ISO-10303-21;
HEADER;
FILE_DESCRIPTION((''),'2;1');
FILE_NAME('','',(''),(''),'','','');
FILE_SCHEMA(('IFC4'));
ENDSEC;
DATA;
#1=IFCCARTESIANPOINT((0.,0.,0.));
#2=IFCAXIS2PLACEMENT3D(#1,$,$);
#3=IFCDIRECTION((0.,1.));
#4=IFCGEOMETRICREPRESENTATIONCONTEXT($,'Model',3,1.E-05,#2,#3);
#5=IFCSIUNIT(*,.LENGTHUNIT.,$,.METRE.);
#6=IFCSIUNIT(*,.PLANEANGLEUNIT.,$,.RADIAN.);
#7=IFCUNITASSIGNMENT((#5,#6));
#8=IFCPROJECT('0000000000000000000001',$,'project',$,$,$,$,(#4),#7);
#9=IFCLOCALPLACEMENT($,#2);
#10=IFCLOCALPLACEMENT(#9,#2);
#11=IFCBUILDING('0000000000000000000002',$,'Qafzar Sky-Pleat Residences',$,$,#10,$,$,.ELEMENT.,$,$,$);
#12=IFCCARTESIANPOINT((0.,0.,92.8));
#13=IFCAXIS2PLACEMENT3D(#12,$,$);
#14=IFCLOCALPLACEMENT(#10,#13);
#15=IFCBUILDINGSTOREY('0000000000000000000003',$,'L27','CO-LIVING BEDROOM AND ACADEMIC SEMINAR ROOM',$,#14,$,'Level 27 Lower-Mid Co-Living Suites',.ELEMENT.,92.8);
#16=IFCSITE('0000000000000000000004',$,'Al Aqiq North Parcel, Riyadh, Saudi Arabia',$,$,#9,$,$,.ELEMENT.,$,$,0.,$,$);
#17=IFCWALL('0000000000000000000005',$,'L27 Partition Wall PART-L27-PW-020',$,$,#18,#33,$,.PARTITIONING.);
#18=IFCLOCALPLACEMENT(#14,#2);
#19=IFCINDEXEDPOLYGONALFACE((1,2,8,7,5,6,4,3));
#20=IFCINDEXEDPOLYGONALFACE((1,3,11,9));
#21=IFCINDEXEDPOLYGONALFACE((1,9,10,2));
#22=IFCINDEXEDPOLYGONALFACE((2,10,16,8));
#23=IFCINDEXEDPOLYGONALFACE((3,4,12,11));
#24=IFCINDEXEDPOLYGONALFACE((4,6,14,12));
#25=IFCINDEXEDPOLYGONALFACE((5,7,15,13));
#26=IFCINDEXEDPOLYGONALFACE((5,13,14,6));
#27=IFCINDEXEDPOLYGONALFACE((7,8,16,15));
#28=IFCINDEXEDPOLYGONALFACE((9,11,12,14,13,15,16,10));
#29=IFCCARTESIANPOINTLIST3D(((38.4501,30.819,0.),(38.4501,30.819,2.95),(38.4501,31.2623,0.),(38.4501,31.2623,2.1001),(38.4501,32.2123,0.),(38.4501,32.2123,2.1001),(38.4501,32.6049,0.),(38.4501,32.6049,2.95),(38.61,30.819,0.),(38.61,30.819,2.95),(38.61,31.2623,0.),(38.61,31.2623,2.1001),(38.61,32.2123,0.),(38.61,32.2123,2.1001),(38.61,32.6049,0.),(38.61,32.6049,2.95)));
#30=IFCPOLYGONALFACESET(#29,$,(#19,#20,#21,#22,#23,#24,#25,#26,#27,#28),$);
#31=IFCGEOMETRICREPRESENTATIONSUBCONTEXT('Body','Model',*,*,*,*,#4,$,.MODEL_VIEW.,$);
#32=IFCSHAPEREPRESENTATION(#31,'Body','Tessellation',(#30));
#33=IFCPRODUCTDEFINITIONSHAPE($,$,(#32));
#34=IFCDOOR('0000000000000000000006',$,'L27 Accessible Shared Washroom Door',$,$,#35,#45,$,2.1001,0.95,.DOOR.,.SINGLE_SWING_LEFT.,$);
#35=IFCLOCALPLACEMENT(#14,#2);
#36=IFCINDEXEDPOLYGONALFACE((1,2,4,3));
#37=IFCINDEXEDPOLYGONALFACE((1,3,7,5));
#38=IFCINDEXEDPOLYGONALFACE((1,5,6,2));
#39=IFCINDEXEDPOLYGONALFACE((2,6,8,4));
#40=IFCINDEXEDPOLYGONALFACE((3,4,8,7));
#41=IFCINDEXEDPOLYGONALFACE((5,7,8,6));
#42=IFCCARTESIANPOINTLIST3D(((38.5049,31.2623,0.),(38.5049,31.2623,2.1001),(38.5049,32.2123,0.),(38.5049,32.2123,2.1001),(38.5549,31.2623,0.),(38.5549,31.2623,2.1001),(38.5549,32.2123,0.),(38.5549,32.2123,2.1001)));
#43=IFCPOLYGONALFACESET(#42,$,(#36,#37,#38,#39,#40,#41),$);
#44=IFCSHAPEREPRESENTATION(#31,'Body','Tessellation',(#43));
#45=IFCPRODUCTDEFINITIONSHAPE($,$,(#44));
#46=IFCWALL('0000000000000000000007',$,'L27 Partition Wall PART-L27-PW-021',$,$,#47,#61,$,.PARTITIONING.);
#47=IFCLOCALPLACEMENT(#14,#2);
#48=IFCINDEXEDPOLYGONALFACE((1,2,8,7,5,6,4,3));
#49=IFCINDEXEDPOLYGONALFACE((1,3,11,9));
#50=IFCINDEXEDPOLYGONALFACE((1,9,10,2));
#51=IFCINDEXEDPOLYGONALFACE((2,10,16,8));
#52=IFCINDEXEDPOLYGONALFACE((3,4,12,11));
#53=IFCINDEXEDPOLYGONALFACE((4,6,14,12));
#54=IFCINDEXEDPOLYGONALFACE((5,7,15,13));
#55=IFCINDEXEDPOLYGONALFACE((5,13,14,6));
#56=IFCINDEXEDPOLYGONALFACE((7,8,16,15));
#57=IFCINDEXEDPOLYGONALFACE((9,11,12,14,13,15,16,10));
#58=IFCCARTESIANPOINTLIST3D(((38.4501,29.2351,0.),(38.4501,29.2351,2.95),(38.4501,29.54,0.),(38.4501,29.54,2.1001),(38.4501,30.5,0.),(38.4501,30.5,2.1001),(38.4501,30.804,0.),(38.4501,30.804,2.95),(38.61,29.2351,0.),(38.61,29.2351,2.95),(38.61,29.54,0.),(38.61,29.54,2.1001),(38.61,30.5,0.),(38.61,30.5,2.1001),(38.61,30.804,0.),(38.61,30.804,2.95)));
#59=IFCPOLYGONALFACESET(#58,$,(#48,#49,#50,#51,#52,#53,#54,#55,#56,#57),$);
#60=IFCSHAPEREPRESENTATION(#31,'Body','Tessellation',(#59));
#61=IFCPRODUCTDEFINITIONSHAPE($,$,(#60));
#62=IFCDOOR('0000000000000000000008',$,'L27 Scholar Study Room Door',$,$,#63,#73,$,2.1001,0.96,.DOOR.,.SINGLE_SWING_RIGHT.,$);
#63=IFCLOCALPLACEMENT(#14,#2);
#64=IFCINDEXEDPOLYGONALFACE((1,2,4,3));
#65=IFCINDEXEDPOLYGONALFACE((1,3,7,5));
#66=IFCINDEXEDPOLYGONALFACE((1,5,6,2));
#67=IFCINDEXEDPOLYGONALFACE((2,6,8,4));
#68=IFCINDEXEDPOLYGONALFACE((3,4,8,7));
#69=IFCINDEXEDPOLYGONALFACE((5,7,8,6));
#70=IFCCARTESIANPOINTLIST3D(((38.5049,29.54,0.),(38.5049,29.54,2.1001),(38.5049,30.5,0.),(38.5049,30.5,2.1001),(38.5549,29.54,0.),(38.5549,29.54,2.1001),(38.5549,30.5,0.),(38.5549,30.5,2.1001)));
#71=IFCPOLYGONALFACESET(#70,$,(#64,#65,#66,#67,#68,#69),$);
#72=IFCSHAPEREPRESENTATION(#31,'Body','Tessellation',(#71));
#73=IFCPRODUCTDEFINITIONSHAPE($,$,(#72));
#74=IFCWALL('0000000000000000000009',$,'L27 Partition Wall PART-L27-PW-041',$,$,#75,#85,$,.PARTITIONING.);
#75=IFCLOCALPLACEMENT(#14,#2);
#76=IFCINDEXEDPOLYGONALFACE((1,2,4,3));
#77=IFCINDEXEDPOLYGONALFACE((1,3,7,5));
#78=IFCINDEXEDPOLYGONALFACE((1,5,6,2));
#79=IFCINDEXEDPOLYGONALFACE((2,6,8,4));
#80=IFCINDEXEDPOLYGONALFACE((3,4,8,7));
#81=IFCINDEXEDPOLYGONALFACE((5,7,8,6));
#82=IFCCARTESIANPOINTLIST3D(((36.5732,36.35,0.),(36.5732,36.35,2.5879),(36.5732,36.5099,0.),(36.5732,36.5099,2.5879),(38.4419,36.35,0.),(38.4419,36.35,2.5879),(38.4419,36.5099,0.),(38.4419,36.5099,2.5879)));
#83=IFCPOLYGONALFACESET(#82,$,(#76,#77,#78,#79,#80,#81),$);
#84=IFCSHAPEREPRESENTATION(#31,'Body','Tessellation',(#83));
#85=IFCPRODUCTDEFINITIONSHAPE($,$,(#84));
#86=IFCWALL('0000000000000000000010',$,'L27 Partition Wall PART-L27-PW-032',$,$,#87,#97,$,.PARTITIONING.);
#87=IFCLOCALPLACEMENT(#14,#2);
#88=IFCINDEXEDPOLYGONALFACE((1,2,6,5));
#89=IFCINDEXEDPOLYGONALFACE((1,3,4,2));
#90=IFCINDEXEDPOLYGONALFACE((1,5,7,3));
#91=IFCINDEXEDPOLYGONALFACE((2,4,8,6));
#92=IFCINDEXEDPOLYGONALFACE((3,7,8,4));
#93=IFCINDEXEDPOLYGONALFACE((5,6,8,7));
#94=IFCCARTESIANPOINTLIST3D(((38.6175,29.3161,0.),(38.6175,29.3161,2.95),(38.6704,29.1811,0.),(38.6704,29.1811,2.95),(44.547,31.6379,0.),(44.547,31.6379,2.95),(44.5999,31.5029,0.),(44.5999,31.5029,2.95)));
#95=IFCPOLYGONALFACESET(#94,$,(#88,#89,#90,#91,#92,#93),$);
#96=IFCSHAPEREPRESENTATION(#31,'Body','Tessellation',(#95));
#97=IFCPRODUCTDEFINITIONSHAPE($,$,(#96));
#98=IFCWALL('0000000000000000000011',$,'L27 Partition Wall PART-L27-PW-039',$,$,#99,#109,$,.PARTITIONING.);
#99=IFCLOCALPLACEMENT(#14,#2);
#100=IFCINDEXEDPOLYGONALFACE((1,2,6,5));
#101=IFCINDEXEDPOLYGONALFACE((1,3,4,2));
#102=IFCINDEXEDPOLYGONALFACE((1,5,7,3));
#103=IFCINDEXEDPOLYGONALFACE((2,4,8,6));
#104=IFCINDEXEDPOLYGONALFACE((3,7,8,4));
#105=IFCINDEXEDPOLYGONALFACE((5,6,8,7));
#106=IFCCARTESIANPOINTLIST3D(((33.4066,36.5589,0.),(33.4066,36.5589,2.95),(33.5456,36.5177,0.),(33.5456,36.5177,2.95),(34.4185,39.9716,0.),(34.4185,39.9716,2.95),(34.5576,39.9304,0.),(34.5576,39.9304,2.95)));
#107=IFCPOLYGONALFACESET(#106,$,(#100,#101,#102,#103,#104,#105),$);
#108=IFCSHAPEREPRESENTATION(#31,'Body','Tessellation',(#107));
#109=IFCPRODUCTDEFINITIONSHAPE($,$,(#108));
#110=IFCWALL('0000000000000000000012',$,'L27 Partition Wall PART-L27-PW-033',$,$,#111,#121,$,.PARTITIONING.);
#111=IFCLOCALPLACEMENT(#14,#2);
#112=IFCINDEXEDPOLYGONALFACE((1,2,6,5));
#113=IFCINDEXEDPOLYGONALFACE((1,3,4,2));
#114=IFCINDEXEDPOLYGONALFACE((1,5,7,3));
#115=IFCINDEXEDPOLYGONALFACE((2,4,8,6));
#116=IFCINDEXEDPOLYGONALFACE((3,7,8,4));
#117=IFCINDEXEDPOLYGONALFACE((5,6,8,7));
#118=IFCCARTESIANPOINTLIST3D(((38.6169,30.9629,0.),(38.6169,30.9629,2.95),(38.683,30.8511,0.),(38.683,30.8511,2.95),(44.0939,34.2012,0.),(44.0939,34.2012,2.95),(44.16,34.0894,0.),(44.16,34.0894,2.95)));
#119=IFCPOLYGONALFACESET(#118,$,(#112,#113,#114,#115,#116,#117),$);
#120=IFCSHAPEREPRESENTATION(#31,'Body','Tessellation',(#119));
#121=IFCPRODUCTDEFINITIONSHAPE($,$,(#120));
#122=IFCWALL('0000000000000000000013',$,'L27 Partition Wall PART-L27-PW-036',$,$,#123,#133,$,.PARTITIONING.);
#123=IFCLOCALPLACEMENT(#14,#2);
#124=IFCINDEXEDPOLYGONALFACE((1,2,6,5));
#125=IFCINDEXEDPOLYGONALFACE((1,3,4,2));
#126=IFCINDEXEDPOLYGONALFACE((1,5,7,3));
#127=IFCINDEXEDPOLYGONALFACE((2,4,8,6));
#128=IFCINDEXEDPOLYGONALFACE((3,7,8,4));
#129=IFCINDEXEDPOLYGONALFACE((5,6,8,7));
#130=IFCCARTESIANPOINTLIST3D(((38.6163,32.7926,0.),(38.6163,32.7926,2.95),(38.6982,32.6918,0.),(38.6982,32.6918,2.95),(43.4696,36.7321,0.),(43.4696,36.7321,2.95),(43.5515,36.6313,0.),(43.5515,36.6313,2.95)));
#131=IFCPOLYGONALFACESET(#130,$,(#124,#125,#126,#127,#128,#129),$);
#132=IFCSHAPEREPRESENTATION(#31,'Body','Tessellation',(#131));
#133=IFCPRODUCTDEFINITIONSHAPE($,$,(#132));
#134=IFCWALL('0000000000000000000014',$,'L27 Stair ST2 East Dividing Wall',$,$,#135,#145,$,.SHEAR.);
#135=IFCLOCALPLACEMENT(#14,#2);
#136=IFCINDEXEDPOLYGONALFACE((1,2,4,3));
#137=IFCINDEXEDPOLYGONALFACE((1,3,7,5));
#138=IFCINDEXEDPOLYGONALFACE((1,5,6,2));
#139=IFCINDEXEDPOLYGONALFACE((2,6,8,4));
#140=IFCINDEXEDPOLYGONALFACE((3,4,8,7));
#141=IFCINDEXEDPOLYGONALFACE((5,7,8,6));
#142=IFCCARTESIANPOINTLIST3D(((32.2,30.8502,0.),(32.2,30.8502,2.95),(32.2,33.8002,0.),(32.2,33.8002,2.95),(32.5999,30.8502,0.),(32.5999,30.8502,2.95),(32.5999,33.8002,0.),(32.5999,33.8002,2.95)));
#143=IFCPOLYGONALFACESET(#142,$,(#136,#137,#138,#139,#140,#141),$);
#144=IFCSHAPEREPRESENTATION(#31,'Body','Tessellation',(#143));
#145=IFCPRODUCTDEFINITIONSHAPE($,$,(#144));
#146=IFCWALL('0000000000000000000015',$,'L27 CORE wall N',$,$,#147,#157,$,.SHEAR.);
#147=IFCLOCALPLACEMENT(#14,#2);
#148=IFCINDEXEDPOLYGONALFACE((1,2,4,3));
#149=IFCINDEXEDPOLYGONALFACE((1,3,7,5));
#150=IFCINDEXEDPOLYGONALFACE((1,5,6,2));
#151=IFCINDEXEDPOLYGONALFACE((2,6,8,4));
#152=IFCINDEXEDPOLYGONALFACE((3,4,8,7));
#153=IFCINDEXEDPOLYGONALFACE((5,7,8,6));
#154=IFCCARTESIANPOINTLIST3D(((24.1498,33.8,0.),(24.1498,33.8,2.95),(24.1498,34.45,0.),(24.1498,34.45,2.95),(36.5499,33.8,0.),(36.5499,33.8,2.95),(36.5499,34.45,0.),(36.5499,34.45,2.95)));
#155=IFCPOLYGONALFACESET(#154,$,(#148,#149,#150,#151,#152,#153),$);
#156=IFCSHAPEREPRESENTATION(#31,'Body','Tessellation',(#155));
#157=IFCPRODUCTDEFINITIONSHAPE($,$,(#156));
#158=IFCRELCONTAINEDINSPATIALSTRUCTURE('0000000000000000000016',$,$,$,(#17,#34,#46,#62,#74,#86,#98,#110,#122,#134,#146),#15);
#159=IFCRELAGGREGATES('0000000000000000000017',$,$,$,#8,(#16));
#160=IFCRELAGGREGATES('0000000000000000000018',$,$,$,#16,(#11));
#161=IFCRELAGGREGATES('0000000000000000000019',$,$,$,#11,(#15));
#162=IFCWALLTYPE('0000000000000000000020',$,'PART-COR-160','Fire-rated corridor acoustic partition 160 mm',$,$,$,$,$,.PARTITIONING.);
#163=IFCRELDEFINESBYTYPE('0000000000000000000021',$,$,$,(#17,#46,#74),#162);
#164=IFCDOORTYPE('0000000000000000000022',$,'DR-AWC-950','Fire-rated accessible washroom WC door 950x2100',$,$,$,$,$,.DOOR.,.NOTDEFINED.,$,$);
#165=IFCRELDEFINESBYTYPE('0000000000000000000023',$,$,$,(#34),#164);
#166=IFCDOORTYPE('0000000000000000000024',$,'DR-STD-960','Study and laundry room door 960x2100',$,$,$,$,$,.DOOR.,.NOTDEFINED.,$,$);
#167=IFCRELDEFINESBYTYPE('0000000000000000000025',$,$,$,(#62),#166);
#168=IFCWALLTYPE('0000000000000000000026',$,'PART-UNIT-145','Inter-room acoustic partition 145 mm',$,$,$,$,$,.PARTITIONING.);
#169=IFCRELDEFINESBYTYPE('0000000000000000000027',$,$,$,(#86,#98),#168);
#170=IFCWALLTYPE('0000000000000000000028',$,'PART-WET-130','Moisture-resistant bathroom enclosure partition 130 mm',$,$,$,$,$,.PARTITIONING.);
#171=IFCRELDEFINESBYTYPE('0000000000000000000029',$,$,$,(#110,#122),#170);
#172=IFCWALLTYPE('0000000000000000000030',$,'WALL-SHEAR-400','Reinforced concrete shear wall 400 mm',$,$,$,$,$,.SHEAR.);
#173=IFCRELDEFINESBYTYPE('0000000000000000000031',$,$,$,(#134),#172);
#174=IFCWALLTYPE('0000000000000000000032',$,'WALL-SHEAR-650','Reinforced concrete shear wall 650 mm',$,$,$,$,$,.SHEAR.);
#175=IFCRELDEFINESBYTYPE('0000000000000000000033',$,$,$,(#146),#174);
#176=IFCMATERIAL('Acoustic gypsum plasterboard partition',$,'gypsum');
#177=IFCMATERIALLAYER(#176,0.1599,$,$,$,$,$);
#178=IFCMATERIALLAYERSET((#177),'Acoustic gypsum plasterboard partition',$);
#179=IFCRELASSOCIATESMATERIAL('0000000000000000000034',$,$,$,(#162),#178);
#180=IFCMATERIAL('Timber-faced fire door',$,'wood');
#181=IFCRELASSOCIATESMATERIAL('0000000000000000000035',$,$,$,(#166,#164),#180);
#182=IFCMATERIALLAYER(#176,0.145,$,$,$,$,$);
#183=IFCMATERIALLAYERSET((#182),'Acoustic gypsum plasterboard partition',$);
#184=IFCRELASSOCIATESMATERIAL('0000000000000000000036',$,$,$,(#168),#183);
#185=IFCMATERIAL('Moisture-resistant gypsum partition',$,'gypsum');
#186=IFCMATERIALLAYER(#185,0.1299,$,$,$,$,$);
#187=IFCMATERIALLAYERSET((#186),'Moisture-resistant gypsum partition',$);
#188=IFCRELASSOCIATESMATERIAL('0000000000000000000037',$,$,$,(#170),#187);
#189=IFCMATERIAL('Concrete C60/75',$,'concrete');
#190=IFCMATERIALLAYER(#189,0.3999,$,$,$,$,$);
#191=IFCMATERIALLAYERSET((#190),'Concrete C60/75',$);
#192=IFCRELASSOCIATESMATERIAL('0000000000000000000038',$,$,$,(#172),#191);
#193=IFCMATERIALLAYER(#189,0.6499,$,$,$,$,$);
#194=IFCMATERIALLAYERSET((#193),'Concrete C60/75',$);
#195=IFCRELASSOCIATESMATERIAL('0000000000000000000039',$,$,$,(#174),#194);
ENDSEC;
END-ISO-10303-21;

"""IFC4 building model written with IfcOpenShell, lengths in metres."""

from ifc_helpers import new_model, si_unit, direction, frame, frame_2d, origin, place, context, subcontext, project, spatial, rectangle, extrude, source, transform, mapped, material, layer, layer_set, type_object, element, fill, save


model = new_model("IFC4")

# Units and contexts
model_context = context("Model", 3, precision=1e-05, world=origin(), true_north=direction((0.0, 1.0)))
body_context = subcontext(model_context, "Body", "Model", "MODEL_VIEW")
ifc_project = project(units=[si_unit("LENGTHUNIT", "METRE"), si_unit("PLANEANGLEUNIT", "RADIAN")], contexts=[model_context])

# Site, building, storey
site_placement = place(None, origin())
site = spatial("IfcSite", under=ifc_project, at=site_placement, Name="Al Aqiq North Parcel, Riyadh, Saudi Arabia", CompositionType="ELEMENT", RefElevation=0.0)
building_placement = place(site_placement, origin())
building = spatial("IfcBuilding", under=site, at=building_placement, Name="Qafzar Sky-Pleat Residences", CompositionType="ELEMENT")
storey_placement = place(building_placement, frame((0.0, 0.0, 92.8)))
storey = spatial("IfcBuildingStorey", under=building, at=storey_placement, Name="L27", Description="CO-LIVING BEDROOM AND ACADEMIC SEMINAR ROOM", LongName="Level 27 Lower-Mid Co-Living Suites", CompositionType="ELEMENT", Elevation=92.8)

# Walls, openings, doors
ifc_material_1 = material(Name="Acoustic gypsum plasterboard partition", Category="gypsum")
ifc_layer_1 = layer(ifc_material_1, 0.1599)
ifc_layer_set_1 = layer_set([ifc_layer_1], Name="Acoustic gypsum plasterboard partition")
wall_type_1 = type_object("IfcWallType", Name="PART-COR-160", Description="Fire-rated corridor acoustic partition 160 mm", PredefinedType="PARTITIONING", material=ifc_layer_set_1)
ifc_material_2 = material(Name="Timber-faced fire door", Category="wood")
door_type_1 = type_object("IfcDoorType", Name="DR-STD-960", Description="Study and laundry room door 960x2100", OperationType="NOTDEFINED", PredefinedType="DOOR", material=ifc_material_2)
shared_shape_1 = source(origin(), body_context, "Body", "SweptSolid", [
    extrude(rectangle(XDim=0.96, YDim=2.1001, at=frame_2d((0.48, 1.05))), frame((0.0, 0.0249, 0.0), z_axis=(0.0, -1.0, 0.0), x_axis=(1.0, 0.0, 0.0)), (0.0, 0.0, 1.0), 0.05),
])
wall_1_placement = place(storey_placement, frame((38.53, 32.605, 0.0), z_axis=(0.0, 0.0, 1.0), x_axis=(0.0, -1.0, 0.0)))
wall_1 = element("IfcWall", 1, at=wall_1_placement, inside=storey, type_object=wall_type_1, Name="L27 Partition Wall PART-L27-PW-020", PredefinedType="PARTITIONING", context=body_context, shape_type="SweptSolid", body=[
    extrude(rectangle(XDim=1.7859, YDim=0.1599, at=frame_2d((0.8931, 0.0))), origin(), (0.0, 0.0, 1.0), 2.95),
])
opening_1_placement = place(wall_1_placement, frame((0.3926, 0.0, 0.0)))
opening_1 = element("IfcOpeningElement", 2, at=opening_1_placement, cuts=wall_1, PredefinedType="OPENING", context=body_context, shape_type="SweptSolid", body=[
    extrude(rectangle(XDim=0.95, YDim=2.1001, at=frame_2d((0.4751, 1.05))), frame((0.0, 0.0898, 0.0), z_axis=(0.0, -1.0, 0.0), x_axis=(1.0, 0.0, 0.0)), (0.0, 0.0, 1.0), 0.1799),
])
door_type_2 = type_object("IfcDoorType", Name="DR-AWC-950", Description="Fire-rated accessible washroom WC door 950x2100", OperationType="NOTDEFINED", PredefinedType="DOOR", material=ifc_material_2)
shared_shape_2 = source(origin(), body_context, "Body", "SweptSolid", [
    extrude(rectangle(XDim=0.95, YDim=2.1001, at=frame_2d((0.4751, 1.05))), frame((0.0, 0.0249, 0.0), z_axis=(0.0, -1.0, 0.0), x_axis=(1.0, 0.0, 0.0)), (0.0, 0.0, 1.0), 0.05),
])
door_1_placement = place(opening_1_placement, origin())
door_1 = element("IfcDoor", 3, at=door_1_placement, inside=storey, type_object=door_type_2, Name="L27 Accessible Shared Washroom Door", OperationType="SINGLE_SWING_LEFT", OverallHeight=2.1001, OverallWidth=0.95, PredefinedType="DOOR", context=body_context, shape_type="MappedRepresentation", body=[
    mapped(shared_shape_2, transform((0.0, 0.0, 0.0), x_axis=(1.0, 0.0, 0.0), y_axis=(0.0, 1.0, 0.0), z_axis=(0.0, 0.0, 1.0), scale=1.0)),
])
fill(opening_1, door_1)
wall_2_placement = place(storey_placement, frame((38.53, 30.804, 0.0), z_axis=(0.0, 0.0, 1.0), x_axis=(0.0, -1.0, 0.0)))
wall_2 = element("IfcWall", 4, at=wall_2_placement, inside=storey, type_object=wall_type_1, Name="L27 Partition Wall PART-L27-PW-021", PredefinedType="PARTITIONING", context=body_context, shape_type="SweptSolid", body=[
    extrude(rectangle(XDim=1.5688, YDim=0.1599, at=frame_2d((0.7844, 0.0))), origin(), (0.0, 0.0, 1.0), 2.95),
])
opening_2_placement = place(wall_2_placement, frame((0.304, 0.0, 0.0)))
opening_2 = element("IfcOpeningElement", 5, at=opening_2_placement, cuts=wall_2, PredefinedType="OPENING", context=body_context, shape_type="SweptSolid", body=[
    extrude(rectangle(XDim=0.96, YDim=2.1001, at=frame_2d((0.48, 1.05))), frame((0.0, 0.0898, 0.0), z_axis=(0.0, -1.0, 0.0), x_axis=(1.0, 0.0, 0.0)), (0.0, 0.0, 1.0), 0.1799),
])
door_2_placement = place(opening_2_placement, origin())
door_2 = element("IfcDoor", 6, at=door_2_placement, inside=storey, type_object=door_type_1, Name="L27 Scholar Study Room Door", OperationType="SINGLE_SWING_RIGHT", OverallHeight=2.1001, OverallWidth=0.96, PredefinedType="DOOR", context=body_context, shape_type="MappedRepresentation", body=[
    mapped(shared_shape_1, transform((0.0, 0.0, 0.0), x_axis=(1.0, 0.0, 0.0), y_axis=(0.0, 1.0, 0.0), z_axis=(0.0, 0.0, 1.0), scale=1.0)),
])
fill(opening_2, door_2)

# Walls
wall_3_placement = place(storey_placement, frame((36.5732, 36.4299, 0.0), z_axis=(0.0, 0.0, 1.0), x_axis=(1.0, 0.0, 0.0)))
element("IfcWall", 7, at=wall_3_placement, inside=storey, type_object=wall_type_1, Name="L27 Partition Wall PART-L27-PW-041", PredefinedType="PARTITIONING", context=body_context, shape_type="SweptSolid", body=[
    extrude(rectangle(XDim=1.8687, YDim=0.1599, at=frame_2d((0.9343, 0.0))), origin(), (0.0, 0.0, 1.0), 2.5879),
])
ifc_layer_2 = layer(ifc_material_1, 0.145)
ifc_layer_set_2 = layer_set([ifc_layer_2], Name="Acoustic gypsum plasterboard partition")
wall_type_2 = type_object("IfcWallType", Name="PART-UNIT-145", Description="Inter-room acoustic partition 145 mm", PredefinedType="PARTITIONING", material=ifc_layer_set_2)
wall_4_placement = place(storey_placement, frame((38.6438, 29.2485, 0.0), z_axis=(0.0, 0.0, 1.0), x_axis=(0.93116, 0.364612, 0.0)))
element("IfcWall", 8, at=wall_4_placement, inside=storey, type_object=wall_type_2, Name="L27 Partition Wall PART-L27-PW-032", PredefinedType="PARTITIONING", context=body_context, shape_type="SweptSolid", body=[
    extrude(rectangle(XDim=6.3679, YDim=0.145, at=frame_2d((3.1841, 0.0))), origin(), (0.0, 0.0, 1.0), 2.95),
])
wall_5_placement = place(storey_placement, frame((33.4761, 36.5383, 0.0), z_axis=(0.0, 0.0, 1.0), x_axis=(0.284301, 0.958735, 0.0)))
element("IfcWall", 9, at=wall_5_placement, inside=storey, type_object=wall_type_2, Name="L27 Partition Wall PART-L27-PW-039", PredefinedType="PARTITIONING", context=body_context, shape_type="SweptSolid", body=[
    extrude(rectangle(XDim=3.5596, YDim=0.145, at=frame_2d((1.7798, 0.0))), origin(), (0.0, 0.0, 1.0), 2.95),
])
ifc_material_3 = material(Name="Moisture-resistant gypsum partition", Category="gypsum")
ifc_layer_3 = layer(ifc_material_3, 0.1299)
ifc_layer_set_3 = layer_set([ifc_layer_3], Name="Moisture-resistant gypsum partition")
wall_type_3 = type_object("IfcWallType", Name="PART-WET-130", Description="Moisture-resistant bathroom enclosure partition 130 mm", PredefinedType="PARTITIONING", material=ifc_layer_set_3)
wall_6_placement = place(storey_placement, frame((38.6499, 30.907, 0.0), z_axis=(0.0, 0.0, 1.0), x_axis=(0.8608, 0.508944, 0.0)))
element("IfcWall", 10, at=wall_6_placement, inside=storey, type_object=wall_type_3, Name="L27 Partition Wall PART-L27-PW-033", PredefinedType="PARTITIONING", context=body_context, shape_type="SweptSolid", body=[
    extrude(rectangle(XDim=6.3628, YDim=0.1299, at=frame_2d((3.1814, 0.0))), origin(), (0.0, 0.0, 1.0), 2.95),
])
wall_7_placement = place(storey_placement, frame((38.6572, 32.7422, 0.0), z_axis=(0.0, 0.0, 1.0), x_axis=(0.776414, 0.630223, 0.0)))
element("IfcWall", 11, at=wall_7_placement, inside=storey, type_object=wall_type_3, Name="L27 Partition Wall PART-L27-PW-036", PredefinedType="PARTITIONING", context=body_context, shape_type="SweptSolid", body=[
    extrude(rectangle(XDim=6.251, YDim=0.1299, at=frame_2d((3.1255, 0.0))), origin(), (0.0, 0.0, 1.0), 2.95),
])
ifc_material_4 = material(Name="Concrete C60/75", Category="concrete")
ifc_layer_4 = layer(ifc_material_4, 0.3999)
ifc_layer_set_4 = layer_set([ifc_layer_4], Name="Concrete C60/75")
wall_type_4 = type_object("IfcWallType", Name="WALL-SHEAR-400", Description="Reinforced concrete shear wall 400 mm", PredefinedType="SHEAR", material=ifc_layer_set_4)
wall_8_placement = place(storey_placement, frame((32.3999, 30.8501, 0.0), z_axis=(0.0, 0.0, 1.0), x_axis=(0.0, 1.0, 0.0)))
element("IfcWall", 12, at=wall_8_placement, inside=storey, type_object=wall_type_4, Name="L27 Stair ST2 East Dividing Wall", PredefinedType="SHEAR", context=body_context, shape_type="SweptSolid", body=[
    extrude(rectangle(XDim=2.95, YDim=0.3999, at=frame_2d((1.4751, 0.0))), origin(), (0.0, 0.0, 1.0), 2.95),
])
ifc_layer_5 = layer(ifc_material_4, 0.6499)
ifc_layer_set_5 = layer_set([ifc_layer_5], Name="Concrete C60/75")
wall_type_5 = type_object("IfcWallType", Name="WALL-SHEAR-650", Description="Reinforced concrete shear wall 650 mm", PredefinedType="SHEAR", material=ifc_layer_set_5)
wall_9_placement = place(storey_placement, frame((36.55, 34.125, 0.0), z_axis=(0.0, 0.0, 1.0), x_axis=(-1.0, 0.0, 0.0)))
element("IfcWall", 13, at=wall_9_placement, inside=storey, type_object=wall_type_5, Name="L27 CORE wall N", PredefinedType="SHEAR", context=body_context, shape_type="SweptSolid", body=[
    extrude(rectangle(XDim=12.4001, YDim=0.6499, at=frame_2d((6.2002, 0.0))), origin(), (0.0, 0.0, 1.0), 2.95),
])

save(model, "model.ifc")
